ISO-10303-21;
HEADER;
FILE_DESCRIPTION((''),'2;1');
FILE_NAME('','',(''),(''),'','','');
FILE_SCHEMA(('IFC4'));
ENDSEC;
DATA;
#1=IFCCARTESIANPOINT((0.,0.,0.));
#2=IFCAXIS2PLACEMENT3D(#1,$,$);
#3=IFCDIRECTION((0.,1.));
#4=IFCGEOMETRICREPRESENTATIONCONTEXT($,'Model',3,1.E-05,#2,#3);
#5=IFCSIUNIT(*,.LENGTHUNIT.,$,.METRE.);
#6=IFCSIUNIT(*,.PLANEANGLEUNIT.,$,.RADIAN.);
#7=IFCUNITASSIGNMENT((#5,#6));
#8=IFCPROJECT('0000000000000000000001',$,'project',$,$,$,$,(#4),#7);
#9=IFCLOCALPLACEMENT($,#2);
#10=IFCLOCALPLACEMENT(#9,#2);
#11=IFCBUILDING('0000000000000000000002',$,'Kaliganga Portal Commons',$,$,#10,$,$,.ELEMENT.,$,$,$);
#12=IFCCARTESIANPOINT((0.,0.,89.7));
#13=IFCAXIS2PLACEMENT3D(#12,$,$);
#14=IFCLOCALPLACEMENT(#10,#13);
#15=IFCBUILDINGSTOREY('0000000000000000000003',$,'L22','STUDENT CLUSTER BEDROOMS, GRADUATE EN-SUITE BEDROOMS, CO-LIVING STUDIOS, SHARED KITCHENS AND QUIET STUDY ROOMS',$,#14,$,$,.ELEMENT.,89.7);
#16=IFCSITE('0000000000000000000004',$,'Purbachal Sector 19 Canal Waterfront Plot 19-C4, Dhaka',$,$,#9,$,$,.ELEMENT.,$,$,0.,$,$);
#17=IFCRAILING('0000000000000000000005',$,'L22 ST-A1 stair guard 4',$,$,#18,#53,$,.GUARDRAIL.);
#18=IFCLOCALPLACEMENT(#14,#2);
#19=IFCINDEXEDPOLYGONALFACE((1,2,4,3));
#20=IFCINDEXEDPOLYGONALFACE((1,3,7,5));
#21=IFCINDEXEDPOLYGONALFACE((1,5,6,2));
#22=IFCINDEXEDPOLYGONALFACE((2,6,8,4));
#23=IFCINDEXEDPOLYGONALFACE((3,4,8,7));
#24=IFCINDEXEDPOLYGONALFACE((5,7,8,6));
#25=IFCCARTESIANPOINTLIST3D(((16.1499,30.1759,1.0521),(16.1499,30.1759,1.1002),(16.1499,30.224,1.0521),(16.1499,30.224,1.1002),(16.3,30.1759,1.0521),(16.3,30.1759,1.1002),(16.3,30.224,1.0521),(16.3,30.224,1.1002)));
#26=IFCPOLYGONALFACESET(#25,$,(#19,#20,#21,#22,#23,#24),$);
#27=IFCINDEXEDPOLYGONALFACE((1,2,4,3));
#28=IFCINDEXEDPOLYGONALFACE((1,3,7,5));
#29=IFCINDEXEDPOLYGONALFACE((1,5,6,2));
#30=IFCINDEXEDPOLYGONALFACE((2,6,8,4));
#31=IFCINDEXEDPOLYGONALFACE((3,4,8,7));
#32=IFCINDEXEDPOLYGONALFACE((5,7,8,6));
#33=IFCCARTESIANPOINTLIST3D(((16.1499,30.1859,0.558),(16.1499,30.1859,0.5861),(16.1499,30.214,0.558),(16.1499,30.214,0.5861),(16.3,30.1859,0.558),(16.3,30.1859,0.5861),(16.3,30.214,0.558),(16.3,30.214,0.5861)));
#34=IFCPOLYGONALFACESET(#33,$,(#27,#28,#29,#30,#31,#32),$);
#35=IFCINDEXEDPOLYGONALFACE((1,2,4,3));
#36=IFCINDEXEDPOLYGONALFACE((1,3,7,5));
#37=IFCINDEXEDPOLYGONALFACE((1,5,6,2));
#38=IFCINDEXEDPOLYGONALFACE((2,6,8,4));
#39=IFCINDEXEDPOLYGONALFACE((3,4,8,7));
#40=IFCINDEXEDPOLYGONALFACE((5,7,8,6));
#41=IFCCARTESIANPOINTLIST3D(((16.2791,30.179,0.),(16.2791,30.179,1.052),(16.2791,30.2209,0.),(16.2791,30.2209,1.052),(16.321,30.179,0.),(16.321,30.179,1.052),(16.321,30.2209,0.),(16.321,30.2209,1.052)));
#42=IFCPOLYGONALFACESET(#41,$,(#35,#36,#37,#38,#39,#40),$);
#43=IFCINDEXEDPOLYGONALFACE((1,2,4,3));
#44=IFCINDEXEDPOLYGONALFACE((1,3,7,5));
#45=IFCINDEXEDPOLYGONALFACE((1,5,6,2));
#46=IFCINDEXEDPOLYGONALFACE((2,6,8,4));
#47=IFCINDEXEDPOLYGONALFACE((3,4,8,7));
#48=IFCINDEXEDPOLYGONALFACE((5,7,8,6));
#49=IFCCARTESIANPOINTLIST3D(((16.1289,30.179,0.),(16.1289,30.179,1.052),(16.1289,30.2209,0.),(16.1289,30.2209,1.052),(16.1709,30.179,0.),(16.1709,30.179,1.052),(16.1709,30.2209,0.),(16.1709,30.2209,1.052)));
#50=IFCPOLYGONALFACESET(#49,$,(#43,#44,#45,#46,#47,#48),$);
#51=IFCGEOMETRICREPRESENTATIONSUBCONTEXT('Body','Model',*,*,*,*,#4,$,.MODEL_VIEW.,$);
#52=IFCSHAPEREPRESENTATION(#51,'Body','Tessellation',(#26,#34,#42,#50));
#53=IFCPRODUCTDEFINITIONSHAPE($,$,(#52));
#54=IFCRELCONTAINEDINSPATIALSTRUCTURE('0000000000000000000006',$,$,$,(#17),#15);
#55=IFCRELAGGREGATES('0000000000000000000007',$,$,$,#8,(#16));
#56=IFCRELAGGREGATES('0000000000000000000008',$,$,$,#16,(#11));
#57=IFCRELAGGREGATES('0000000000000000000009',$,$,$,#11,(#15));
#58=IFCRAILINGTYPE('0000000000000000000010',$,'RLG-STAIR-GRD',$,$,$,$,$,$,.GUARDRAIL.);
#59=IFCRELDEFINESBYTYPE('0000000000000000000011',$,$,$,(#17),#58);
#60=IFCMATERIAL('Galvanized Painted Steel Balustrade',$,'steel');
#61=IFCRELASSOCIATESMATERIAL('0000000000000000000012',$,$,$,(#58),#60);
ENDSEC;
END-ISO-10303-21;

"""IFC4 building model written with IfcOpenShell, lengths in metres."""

from ifc_helpers import new_model, si_unit, direction, frame, origin, origin_2d, place, context, subcontext, project, spatial, rectangle, extrude, material, type_object, element, save


model = new_model("IFC4")

# Units and contexts
model_context = context("Model", 3, precision=1e-05, world=origin(), true_north=direction((0.0, 1.0)))
body_context = subcontext(model_context, "Body", "Model", "MODEL_VIEW")
ifc_project = project(units=[si_unit("LENGTHUNIT", "METRE"), si_unit("PLANEANGLEUNIT", "RADIAN")], contexts=[model_context])

# Site, building, storey
site_placement = place(None, origin())
site = spatial("IfcSite", under=ifc_project, at=site_placement, Name="Purbachal Sector 19 Canal Waterfront Plot 19-C4, Dhaka", CompositionType="ELEMENT", RefElevation=0.0)
building_placement = place(site_placement, origin())
building = spatial("IfcBuilding", under=site, at=building_placement, Name="Kaliganga Portal Commons", CompositionType="ELEMENT")
storey_placement = place(building_placement, frame((0.0, 0.0, 89.7)))
storey = spatial("IfcBuildingStorey", under=building, at=storey_placement, Name="L22", Description="STUDENT CLUSTER BEDROOMS, GRADUATE EN-SUITE BEDROOMS, CO-LIVING STUDIOS, SHARED KITCHENS AND QUIET STUDY ROOMS", CompositionType="ELEMENT", Elevation=89.7)

# Railing
ifc_material_1 = material(Name="Galvanized Painted Steel Balustrade", Category="steel")
railing_type = type_object("IfcRailingType", Name="RLG-STAIR-GRD", PredefinedType="GUARDRAIL", material=ifc_material_1)
railing_placement = place(storey_placement, frame((16.3, 30.2, 0.0)))
element("IfcRailing", 1, at=railing_placement, inside=storey, type_object=railing_type, Name="L22 ST-A1 stair guard 4", PredefinedType="GUARDRAIL", context=body_context, shape_type="SweptSolid", body=[
    extrude(rectangle(XDim=0.0481, YDim=0.0481, at=origin_2d()), frame((0.0, 0.0, 1.0762), z_axis=(-1.0, 0.0, 0.0), x_axis=(0.0, -1.0, 0.0)), (0.0, 0.0, 1.0), 0.1501),
    extrude(rectangle(XDim=0.0281, YDim=0.0281, at=origin_2d()), frame((0.0, 0.0, 0.572), z_axis=(-1.0, 0.0, 0.0), x_axis=(0.0, -1.0, 0.0)), (0.0, 0.0, 1.0), 0.1501),
    extrude(rectangle(XDim=0.042, YDim=0.042, at=origin_2d()), origin(), (0.0, 0.0, 1.0), 1.052),
    extrude(rectangle(XDim=0.042, YDim=0.042, at=origin_2d()), frame((-0.1501, 0.0, 0.0)), (0.0, 0.0, 1.0), 1.052),
])

save(model, "model.ifc")
